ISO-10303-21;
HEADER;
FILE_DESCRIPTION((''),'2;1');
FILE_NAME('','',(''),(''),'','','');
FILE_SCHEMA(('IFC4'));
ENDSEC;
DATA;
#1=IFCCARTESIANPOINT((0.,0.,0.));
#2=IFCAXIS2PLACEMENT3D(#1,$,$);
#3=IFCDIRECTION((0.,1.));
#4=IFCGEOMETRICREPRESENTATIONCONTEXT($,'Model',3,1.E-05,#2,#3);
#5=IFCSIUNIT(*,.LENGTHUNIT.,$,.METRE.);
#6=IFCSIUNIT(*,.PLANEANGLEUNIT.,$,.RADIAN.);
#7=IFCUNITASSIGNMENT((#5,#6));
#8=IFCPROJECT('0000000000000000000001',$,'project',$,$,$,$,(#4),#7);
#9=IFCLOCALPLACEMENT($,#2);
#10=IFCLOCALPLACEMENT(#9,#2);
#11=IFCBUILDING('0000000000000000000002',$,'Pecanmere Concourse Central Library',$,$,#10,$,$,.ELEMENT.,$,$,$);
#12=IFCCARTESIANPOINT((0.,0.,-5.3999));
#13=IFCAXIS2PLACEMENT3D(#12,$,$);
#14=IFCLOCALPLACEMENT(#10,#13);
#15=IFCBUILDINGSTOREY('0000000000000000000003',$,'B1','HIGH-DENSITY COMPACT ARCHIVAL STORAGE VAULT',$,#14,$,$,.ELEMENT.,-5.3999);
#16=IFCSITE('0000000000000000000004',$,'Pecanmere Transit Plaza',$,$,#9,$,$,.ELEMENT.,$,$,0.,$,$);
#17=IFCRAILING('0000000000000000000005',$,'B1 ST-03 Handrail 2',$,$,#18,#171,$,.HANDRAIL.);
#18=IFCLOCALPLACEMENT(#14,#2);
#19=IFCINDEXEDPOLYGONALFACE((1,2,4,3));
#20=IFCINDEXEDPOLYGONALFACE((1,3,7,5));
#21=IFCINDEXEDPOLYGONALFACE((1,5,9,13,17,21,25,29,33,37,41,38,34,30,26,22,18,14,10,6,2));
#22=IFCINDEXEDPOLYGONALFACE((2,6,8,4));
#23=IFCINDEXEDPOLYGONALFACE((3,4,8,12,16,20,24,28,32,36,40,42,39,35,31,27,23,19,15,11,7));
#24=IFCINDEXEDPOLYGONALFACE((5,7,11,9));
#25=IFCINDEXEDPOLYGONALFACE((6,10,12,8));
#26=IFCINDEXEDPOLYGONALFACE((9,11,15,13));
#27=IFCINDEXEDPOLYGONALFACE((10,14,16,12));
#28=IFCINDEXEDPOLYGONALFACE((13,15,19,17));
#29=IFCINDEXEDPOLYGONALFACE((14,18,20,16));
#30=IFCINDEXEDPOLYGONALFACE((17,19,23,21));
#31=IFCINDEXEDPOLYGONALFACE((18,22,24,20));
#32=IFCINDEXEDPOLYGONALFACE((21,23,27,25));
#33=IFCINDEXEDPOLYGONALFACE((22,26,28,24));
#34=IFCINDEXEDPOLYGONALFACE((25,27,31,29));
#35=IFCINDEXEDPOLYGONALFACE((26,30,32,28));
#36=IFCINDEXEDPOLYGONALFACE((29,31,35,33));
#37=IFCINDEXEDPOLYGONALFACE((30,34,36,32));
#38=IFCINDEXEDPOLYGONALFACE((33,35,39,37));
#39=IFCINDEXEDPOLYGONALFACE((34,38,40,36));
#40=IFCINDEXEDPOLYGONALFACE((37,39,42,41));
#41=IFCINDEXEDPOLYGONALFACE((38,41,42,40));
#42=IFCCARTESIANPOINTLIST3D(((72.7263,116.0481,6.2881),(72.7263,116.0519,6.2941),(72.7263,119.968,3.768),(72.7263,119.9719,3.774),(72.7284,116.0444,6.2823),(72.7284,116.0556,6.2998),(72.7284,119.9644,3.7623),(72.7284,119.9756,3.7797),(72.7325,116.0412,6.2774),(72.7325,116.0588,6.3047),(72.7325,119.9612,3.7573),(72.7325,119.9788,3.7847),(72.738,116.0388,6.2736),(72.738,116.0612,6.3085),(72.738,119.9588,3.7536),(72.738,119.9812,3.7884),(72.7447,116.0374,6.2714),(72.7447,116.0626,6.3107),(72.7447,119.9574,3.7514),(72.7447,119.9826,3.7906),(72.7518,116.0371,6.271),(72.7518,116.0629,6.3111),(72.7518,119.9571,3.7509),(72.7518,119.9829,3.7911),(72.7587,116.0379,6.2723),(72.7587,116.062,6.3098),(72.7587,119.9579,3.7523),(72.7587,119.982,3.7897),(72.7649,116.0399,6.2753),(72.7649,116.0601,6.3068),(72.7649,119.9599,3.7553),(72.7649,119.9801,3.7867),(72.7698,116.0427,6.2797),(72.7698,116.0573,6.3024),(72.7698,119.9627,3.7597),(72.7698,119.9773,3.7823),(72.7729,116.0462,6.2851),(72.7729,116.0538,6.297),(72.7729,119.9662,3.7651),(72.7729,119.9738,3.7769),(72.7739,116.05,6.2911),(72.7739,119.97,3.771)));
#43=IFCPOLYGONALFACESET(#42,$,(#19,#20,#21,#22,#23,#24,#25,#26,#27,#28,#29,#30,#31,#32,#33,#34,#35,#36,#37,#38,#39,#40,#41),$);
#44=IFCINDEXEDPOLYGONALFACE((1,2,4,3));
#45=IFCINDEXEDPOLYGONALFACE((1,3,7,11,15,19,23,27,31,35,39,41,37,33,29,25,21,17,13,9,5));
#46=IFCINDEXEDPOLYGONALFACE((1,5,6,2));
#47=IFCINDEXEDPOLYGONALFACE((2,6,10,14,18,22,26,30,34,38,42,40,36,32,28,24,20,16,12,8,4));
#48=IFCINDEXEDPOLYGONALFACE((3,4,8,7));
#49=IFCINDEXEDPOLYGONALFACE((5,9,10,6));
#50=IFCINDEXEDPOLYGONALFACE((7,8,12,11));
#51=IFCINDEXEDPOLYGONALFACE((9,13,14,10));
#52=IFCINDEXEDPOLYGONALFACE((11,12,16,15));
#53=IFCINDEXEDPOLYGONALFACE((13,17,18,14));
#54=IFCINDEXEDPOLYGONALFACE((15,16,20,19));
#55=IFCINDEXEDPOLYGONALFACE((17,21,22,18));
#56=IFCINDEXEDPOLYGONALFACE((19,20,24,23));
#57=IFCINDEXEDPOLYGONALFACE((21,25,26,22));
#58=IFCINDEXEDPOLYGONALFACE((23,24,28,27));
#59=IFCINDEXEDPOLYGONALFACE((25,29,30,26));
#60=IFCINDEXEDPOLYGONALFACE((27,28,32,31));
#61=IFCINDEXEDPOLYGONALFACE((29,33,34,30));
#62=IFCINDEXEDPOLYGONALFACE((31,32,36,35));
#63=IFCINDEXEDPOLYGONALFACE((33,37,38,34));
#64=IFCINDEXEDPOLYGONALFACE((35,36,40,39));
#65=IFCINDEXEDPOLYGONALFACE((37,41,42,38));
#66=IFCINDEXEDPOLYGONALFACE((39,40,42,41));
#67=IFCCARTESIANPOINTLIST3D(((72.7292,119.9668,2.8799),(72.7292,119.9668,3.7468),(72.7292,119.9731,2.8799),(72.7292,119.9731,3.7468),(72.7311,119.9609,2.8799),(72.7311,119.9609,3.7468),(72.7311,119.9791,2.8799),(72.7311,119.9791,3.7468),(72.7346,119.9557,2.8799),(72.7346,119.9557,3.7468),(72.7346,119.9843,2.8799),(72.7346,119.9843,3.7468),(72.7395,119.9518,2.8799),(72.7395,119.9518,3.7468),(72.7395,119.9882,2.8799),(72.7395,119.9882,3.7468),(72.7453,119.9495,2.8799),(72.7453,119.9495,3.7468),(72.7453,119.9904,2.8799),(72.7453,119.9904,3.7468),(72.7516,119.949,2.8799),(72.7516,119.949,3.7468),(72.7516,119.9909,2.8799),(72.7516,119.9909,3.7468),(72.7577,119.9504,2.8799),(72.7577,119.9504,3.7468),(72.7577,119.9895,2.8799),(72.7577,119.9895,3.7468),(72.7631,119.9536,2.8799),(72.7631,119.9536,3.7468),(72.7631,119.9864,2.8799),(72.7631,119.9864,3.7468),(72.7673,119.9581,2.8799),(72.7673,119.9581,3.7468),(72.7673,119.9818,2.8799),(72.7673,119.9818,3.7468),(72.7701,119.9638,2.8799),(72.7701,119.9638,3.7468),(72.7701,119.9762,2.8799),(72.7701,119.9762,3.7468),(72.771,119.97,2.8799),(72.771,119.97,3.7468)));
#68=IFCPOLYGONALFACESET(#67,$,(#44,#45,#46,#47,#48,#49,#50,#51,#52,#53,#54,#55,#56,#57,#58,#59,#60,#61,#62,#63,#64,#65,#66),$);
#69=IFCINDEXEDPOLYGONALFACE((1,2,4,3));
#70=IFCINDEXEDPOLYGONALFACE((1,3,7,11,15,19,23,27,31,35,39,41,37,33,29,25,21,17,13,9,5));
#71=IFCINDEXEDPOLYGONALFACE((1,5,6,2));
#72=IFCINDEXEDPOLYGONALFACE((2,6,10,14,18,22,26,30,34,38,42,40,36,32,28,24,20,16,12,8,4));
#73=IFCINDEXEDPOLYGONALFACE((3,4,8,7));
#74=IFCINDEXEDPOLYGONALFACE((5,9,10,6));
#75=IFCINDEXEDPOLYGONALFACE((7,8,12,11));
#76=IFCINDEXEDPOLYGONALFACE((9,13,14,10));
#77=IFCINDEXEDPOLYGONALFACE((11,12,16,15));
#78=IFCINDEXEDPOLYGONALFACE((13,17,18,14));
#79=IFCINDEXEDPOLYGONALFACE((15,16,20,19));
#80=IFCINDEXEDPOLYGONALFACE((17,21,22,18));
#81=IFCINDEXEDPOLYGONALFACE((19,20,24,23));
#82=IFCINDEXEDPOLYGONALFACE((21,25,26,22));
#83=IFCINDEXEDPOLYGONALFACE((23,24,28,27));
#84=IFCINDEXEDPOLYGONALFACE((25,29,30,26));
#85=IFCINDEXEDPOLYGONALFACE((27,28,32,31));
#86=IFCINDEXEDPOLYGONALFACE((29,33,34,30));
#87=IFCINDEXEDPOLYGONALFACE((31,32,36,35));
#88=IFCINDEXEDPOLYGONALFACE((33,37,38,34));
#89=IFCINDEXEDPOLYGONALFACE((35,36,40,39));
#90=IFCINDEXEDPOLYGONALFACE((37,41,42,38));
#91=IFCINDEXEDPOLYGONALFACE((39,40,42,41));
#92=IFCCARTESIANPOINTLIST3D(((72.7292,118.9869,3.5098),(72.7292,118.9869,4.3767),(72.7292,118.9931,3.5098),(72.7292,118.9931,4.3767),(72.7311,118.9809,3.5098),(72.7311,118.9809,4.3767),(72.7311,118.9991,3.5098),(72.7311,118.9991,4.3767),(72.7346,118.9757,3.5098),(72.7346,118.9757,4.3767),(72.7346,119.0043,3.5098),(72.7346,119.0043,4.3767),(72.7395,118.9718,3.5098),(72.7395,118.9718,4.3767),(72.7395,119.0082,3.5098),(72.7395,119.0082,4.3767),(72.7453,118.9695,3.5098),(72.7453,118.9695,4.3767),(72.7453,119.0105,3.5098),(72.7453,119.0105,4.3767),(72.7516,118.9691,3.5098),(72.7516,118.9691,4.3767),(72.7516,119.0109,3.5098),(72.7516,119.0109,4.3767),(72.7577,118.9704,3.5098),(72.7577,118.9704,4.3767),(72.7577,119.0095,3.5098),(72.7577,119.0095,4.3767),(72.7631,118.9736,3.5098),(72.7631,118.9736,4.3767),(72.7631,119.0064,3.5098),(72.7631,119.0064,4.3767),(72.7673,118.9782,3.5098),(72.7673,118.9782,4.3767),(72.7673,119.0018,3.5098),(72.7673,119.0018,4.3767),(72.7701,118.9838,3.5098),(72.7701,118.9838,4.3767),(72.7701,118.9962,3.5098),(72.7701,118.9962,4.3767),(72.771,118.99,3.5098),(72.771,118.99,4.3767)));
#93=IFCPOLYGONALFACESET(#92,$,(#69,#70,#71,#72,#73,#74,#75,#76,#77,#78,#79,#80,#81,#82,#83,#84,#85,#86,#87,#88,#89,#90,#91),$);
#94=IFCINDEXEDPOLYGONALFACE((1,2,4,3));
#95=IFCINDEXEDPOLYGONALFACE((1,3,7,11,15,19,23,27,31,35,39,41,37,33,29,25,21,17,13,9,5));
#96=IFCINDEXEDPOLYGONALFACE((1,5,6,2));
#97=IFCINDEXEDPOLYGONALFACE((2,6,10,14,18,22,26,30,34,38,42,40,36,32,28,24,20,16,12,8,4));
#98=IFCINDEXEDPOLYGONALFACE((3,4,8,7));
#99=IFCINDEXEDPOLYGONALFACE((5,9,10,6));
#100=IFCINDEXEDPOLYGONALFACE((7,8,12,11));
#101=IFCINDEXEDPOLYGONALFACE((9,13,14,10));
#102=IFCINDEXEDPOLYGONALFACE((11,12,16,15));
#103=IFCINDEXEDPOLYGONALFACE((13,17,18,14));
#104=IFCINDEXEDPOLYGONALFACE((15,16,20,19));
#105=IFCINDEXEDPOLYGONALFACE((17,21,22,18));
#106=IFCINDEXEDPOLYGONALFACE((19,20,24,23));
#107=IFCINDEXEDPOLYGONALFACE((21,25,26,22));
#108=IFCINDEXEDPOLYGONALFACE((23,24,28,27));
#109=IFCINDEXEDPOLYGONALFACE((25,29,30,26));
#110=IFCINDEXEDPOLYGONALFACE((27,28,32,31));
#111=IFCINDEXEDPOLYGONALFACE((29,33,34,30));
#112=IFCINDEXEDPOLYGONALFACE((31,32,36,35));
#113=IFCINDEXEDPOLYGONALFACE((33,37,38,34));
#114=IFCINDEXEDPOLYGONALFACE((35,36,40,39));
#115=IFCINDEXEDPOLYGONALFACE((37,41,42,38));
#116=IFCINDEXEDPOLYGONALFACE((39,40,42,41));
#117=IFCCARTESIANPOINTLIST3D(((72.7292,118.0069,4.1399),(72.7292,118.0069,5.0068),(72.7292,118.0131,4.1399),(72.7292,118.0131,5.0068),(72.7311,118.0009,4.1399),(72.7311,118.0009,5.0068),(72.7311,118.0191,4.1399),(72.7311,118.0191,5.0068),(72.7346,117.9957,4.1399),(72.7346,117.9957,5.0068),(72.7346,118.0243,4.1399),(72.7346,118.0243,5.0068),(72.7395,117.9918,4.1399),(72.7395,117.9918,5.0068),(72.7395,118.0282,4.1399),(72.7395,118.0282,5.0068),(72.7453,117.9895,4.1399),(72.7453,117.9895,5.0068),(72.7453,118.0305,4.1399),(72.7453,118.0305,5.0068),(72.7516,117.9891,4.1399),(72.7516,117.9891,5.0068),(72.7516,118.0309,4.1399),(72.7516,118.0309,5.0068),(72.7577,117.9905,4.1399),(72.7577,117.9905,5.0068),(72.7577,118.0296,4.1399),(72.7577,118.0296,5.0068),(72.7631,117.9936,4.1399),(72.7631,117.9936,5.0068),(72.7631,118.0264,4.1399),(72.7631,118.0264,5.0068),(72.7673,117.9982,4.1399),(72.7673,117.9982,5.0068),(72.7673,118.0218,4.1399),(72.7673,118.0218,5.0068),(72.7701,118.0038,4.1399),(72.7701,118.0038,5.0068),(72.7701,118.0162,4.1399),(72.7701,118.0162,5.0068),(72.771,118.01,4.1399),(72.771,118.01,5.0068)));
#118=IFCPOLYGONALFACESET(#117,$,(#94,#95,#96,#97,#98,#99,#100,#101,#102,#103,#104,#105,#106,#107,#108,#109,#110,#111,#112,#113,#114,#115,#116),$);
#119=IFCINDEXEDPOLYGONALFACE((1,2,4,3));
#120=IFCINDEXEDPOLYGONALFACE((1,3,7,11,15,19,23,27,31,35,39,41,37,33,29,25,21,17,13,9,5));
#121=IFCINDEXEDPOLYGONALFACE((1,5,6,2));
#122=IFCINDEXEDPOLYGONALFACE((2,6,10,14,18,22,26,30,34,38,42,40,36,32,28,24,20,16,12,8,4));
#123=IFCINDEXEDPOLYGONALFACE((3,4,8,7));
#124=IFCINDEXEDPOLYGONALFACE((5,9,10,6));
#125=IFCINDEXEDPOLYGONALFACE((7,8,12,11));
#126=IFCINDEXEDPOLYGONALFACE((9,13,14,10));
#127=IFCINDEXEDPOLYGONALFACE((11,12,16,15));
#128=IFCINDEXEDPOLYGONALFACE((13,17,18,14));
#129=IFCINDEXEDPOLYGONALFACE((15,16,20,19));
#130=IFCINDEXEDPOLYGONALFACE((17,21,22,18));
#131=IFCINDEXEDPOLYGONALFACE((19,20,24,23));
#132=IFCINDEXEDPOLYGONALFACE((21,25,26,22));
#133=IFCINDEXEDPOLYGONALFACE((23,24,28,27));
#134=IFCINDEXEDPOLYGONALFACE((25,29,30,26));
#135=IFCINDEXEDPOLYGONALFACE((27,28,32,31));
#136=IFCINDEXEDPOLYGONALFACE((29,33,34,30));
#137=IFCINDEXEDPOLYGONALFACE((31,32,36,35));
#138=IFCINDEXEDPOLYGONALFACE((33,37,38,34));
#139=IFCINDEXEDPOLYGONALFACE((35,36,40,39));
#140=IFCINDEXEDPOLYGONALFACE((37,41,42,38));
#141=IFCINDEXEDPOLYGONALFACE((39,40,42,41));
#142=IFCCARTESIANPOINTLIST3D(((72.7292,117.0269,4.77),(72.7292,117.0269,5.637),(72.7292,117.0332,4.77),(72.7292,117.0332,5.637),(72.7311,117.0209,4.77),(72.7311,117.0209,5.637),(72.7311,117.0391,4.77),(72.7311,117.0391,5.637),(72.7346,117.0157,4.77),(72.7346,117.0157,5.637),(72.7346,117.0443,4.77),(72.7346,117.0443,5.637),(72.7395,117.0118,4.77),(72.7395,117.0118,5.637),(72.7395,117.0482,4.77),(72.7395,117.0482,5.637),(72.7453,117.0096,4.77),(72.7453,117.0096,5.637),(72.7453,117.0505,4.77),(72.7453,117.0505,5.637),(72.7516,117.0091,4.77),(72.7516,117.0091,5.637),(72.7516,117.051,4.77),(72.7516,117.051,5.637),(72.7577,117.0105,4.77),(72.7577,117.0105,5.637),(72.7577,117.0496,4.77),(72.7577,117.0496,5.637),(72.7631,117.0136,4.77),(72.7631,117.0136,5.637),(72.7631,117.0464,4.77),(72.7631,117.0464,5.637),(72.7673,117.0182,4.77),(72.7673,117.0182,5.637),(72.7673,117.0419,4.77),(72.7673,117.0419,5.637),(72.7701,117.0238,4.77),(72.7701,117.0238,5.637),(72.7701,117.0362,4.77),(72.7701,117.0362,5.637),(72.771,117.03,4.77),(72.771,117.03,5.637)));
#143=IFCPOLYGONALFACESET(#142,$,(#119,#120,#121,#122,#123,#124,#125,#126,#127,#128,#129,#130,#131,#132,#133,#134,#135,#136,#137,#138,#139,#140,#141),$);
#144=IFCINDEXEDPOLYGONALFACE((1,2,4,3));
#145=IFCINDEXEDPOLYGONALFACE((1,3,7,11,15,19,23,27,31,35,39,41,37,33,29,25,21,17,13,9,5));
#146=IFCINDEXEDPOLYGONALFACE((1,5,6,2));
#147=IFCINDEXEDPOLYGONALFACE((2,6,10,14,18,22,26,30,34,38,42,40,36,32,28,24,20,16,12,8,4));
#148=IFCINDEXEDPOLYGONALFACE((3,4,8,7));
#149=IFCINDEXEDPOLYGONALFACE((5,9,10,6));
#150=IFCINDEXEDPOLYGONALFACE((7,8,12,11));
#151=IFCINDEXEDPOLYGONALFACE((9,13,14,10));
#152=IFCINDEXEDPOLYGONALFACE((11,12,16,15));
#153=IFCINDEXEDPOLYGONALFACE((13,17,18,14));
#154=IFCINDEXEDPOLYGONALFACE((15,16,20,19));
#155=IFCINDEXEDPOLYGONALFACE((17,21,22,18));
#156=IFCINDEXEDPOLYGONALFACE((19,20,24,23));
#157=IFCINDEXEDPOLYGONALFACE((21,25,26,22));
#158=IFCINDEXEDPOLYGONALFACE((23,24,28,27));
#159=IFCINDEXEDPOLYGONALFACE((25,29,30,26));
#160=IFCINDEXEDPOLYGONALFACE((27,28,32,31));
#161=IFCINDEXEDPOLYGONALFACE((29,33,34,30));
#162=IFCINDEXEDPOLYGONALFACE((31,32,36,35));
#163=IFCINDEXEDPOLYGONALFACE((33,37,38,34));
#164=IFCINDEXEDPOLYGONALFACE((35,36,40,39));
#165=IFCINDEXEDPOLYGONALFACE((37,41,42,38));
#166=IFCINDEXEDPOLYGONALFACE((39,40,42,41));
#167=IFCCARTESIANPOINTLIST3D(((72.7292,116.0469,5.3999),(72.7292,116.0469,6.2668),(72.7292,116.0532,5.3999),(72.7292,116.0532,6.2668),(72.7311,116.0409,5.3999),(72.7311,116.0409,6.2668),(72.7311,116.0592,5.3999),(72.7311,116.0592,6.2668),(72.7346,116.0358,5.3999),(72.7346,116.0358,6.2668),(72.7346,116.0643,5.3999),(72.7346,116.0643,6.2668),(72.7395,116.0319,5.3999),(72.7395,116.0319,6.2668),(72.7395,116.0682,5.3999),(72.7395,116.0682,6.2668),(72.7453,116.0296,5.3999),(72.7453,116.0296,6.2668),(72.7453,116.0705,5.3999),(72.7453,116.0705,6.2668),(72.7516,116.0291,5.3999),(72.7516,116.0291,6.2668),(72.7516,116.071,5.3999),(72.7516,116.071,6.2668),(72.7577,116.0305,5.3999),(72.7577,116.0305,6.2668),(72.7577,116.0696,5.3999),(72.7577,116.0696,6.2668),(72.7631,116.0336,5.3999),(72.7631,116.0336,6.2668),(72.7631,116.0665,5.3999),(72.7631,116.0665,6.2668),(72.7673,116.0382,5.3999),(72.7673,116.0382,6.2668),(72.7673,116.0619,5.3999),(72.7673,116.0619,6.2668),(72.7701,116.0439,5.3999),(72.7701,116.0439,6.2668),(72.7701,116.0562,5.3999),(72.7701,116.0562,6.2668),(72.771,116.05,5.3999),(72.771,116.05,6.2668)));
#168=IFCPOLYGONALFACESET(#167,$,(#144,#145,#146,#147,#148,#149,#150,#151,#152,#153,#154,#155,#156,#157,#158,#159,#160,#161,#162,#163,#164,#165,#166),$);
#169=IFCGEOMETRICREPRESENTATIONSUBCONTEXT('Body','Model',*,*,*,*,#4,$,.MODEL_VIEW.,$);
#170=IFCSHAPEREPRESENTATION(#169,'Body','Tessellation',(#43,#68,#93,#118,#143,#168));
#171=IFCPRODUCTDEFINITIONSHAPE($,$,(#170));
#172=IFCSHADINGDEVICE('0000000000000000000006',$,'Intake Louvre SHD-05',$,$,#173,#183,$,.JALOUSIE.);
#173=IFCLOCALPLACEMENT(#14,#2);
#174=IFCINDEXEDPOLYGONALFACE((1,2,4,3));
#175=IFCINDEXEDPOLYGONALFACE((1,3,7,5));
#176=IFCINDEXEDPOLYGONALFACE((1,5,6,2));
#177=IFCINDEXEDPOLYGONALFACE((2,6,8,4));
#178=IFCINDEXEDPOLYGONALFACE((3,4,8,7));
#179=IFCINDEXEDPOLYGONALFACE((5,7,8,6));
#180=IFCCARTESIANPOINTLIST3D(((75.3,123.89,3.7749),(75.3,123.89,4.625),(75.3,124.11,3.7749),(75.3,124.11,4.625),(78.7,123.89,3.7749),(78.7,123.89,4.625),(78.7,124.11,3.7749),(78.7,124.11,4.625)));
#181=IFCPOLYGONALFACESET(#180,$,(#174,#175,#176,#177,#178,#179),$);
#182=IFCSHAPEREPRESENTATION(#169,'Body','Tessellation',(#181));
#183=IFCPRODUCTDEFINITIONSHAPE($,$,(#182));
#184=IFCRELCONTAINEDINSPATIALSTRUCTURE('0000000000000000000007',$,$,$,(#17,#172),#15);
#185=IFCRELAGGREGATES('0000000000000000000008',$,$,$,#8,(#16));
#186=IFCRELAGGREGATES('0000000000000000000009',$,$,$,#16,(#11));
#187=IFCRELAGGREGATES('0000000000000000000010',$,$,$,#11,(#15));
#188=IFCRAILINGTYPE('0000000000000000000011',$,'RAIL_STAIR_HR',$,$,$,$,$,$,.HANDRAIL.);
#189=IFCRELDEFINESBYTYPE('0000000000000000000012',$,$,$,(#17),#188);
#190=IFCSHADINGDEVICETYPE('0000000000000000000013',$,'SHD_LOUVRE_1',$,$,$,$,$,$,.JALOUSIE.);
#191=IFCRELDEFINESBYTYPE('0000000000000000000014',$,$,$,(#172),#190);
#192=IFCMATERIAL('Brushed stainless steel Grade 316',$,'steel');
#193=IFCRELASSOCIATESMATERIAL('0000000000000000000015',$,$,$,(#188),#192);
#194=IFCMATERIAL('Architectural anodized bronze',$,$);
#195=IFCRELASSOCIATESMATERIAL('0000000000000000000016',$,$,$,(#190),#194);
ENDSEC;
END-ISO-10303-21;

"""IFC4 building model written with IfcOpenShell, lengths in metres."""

from ifc_helpers import new_model, si_unit, direction, frame, origin, origin_2d, place, context, subcontext, project, spatial, rectangle, circle, extrude, material, type_object, element, save


model = new_model("IFC4")

# Units and contexts
model_context = context("Model", 3, precision=1e-05, world=origin(), true_north=direction((0.0, 1.0)))
body_context = subcontext(model_context, "Body", "Model", "MODEL_VIEW")
ifc_project = project(units=[si_unit("LENGTHUNIT", "METRE"), si_unit("PLANEANGLEUNIT", "RADIAN")], contexts=[model_context])

# Site, building, storey
site_placement = place(None, origin())
site = spatial("IfcSite", under=ifc_project, at=site_placement, Name="Pecanmere Transit Plaza", CompositionType="ELEMENT", RefElevation=0.0)
building_placement = place(site_placement, origin())
building = spatial("IfcBuilding", under=site, at=building_placement, Name="Pecanmere Concourse Central Library", CompositionType="ELEMENT")
storey_placement = place(building_placement, frame((0.0, 0.0, -5.3999)))
storey = spatial("IfcBuildingStorey", under=building, at=storey_placement, Name="B1", Description="HIGH-DENSITY COMPACT ARCHIVAL STORAGE VAULT", CompositionType="ELEMENT", Elevation=-5.3999)

# Railing
ifc_material_1 = material(Name="Brushed stainless steel Grade 316", Category="steel")
railing_type_1 = type_object("IfcRailingType", Name="RAIL_STAIR_HR", PredefinedType="HANDRAIL", material=ifc_material_1)
railing_1_placement = place(storey_placement, frame((72.75, 119.97, 2.8799)))
element("IfcRailing", 1, at=railing_1_placement, inside=storey, type_object=railing_type_1, Name="B1 ST-03 Handrail 2", PredefinedType="HANDRAIL", context=body_context, shape_type="SweptSolid", body=[
    extrude(circle(Radius=0.0239, at=origin_2d()), frame((0.0, 0.0, 0.8911), z_axis=(0.0, -0.841172, 0.540768), x_axis=(1.0, 0.0, 0.0)), (0.0, 0.0, 1.0), 4.6602),
    extrude(circle(Radius=0.021, at=origin_2d()), origin(), (0.0, 0.0, 1.0), 0.8669),
    extrude(circle(Radius=0.021, at=origin_2d()), frame((0.0, -0.98, 0.6299)), (0.0, 0.0, 1.0), 0.8669),
    extrude(circle(Radius=0.021, at=origin_2d()), frame((0.0, -1.96, 1.26)), (0.0, 0.0, 1.0), 0.8669),
    extrude(circle(Radius=0.021, at=origin_2d()), frame((0.0, -2.9399, 1.8901)), (0.0, 0.0, 1.0), 0.8669),
    extrude(circle(Radius=0.021, at=origin_2d()), frame((0.0, -3.9199, 2.52)), (0.0, 0.0, 1.0), 0.8669),
])

# Shading device
ifc_material_2 = material(Name="Architectural anodized bronze")
shading_device_type = type_object("IfcShadingDeviceType", Name="SHD_LOUVRE_1", PredefinedType="JALOUSIE", material=ifc_material_2)
shading_device_placement = place(storey_placement, frame((77.0, 124.0, 3.7749), z_axis=(0.0, 0.0, 1.0), x_axis=(1.0, 0.0, 0.0)))
element("IfcShadingDevice", 2, at=shading_device_placement, inside=storey, type_object=shading_device_type, Name="Intake Louvre SHD-05", PredefinedType="JALOUSIE", context=body_context, shape_type="SweptSolid", body=[
    extrude(rectangle(XDim=3.3999, YDim=0.22, at=origin_2d()), origin(), (0.0, 0.0, 1.0), 0.8501),
])

save(model, "model.ifc")
